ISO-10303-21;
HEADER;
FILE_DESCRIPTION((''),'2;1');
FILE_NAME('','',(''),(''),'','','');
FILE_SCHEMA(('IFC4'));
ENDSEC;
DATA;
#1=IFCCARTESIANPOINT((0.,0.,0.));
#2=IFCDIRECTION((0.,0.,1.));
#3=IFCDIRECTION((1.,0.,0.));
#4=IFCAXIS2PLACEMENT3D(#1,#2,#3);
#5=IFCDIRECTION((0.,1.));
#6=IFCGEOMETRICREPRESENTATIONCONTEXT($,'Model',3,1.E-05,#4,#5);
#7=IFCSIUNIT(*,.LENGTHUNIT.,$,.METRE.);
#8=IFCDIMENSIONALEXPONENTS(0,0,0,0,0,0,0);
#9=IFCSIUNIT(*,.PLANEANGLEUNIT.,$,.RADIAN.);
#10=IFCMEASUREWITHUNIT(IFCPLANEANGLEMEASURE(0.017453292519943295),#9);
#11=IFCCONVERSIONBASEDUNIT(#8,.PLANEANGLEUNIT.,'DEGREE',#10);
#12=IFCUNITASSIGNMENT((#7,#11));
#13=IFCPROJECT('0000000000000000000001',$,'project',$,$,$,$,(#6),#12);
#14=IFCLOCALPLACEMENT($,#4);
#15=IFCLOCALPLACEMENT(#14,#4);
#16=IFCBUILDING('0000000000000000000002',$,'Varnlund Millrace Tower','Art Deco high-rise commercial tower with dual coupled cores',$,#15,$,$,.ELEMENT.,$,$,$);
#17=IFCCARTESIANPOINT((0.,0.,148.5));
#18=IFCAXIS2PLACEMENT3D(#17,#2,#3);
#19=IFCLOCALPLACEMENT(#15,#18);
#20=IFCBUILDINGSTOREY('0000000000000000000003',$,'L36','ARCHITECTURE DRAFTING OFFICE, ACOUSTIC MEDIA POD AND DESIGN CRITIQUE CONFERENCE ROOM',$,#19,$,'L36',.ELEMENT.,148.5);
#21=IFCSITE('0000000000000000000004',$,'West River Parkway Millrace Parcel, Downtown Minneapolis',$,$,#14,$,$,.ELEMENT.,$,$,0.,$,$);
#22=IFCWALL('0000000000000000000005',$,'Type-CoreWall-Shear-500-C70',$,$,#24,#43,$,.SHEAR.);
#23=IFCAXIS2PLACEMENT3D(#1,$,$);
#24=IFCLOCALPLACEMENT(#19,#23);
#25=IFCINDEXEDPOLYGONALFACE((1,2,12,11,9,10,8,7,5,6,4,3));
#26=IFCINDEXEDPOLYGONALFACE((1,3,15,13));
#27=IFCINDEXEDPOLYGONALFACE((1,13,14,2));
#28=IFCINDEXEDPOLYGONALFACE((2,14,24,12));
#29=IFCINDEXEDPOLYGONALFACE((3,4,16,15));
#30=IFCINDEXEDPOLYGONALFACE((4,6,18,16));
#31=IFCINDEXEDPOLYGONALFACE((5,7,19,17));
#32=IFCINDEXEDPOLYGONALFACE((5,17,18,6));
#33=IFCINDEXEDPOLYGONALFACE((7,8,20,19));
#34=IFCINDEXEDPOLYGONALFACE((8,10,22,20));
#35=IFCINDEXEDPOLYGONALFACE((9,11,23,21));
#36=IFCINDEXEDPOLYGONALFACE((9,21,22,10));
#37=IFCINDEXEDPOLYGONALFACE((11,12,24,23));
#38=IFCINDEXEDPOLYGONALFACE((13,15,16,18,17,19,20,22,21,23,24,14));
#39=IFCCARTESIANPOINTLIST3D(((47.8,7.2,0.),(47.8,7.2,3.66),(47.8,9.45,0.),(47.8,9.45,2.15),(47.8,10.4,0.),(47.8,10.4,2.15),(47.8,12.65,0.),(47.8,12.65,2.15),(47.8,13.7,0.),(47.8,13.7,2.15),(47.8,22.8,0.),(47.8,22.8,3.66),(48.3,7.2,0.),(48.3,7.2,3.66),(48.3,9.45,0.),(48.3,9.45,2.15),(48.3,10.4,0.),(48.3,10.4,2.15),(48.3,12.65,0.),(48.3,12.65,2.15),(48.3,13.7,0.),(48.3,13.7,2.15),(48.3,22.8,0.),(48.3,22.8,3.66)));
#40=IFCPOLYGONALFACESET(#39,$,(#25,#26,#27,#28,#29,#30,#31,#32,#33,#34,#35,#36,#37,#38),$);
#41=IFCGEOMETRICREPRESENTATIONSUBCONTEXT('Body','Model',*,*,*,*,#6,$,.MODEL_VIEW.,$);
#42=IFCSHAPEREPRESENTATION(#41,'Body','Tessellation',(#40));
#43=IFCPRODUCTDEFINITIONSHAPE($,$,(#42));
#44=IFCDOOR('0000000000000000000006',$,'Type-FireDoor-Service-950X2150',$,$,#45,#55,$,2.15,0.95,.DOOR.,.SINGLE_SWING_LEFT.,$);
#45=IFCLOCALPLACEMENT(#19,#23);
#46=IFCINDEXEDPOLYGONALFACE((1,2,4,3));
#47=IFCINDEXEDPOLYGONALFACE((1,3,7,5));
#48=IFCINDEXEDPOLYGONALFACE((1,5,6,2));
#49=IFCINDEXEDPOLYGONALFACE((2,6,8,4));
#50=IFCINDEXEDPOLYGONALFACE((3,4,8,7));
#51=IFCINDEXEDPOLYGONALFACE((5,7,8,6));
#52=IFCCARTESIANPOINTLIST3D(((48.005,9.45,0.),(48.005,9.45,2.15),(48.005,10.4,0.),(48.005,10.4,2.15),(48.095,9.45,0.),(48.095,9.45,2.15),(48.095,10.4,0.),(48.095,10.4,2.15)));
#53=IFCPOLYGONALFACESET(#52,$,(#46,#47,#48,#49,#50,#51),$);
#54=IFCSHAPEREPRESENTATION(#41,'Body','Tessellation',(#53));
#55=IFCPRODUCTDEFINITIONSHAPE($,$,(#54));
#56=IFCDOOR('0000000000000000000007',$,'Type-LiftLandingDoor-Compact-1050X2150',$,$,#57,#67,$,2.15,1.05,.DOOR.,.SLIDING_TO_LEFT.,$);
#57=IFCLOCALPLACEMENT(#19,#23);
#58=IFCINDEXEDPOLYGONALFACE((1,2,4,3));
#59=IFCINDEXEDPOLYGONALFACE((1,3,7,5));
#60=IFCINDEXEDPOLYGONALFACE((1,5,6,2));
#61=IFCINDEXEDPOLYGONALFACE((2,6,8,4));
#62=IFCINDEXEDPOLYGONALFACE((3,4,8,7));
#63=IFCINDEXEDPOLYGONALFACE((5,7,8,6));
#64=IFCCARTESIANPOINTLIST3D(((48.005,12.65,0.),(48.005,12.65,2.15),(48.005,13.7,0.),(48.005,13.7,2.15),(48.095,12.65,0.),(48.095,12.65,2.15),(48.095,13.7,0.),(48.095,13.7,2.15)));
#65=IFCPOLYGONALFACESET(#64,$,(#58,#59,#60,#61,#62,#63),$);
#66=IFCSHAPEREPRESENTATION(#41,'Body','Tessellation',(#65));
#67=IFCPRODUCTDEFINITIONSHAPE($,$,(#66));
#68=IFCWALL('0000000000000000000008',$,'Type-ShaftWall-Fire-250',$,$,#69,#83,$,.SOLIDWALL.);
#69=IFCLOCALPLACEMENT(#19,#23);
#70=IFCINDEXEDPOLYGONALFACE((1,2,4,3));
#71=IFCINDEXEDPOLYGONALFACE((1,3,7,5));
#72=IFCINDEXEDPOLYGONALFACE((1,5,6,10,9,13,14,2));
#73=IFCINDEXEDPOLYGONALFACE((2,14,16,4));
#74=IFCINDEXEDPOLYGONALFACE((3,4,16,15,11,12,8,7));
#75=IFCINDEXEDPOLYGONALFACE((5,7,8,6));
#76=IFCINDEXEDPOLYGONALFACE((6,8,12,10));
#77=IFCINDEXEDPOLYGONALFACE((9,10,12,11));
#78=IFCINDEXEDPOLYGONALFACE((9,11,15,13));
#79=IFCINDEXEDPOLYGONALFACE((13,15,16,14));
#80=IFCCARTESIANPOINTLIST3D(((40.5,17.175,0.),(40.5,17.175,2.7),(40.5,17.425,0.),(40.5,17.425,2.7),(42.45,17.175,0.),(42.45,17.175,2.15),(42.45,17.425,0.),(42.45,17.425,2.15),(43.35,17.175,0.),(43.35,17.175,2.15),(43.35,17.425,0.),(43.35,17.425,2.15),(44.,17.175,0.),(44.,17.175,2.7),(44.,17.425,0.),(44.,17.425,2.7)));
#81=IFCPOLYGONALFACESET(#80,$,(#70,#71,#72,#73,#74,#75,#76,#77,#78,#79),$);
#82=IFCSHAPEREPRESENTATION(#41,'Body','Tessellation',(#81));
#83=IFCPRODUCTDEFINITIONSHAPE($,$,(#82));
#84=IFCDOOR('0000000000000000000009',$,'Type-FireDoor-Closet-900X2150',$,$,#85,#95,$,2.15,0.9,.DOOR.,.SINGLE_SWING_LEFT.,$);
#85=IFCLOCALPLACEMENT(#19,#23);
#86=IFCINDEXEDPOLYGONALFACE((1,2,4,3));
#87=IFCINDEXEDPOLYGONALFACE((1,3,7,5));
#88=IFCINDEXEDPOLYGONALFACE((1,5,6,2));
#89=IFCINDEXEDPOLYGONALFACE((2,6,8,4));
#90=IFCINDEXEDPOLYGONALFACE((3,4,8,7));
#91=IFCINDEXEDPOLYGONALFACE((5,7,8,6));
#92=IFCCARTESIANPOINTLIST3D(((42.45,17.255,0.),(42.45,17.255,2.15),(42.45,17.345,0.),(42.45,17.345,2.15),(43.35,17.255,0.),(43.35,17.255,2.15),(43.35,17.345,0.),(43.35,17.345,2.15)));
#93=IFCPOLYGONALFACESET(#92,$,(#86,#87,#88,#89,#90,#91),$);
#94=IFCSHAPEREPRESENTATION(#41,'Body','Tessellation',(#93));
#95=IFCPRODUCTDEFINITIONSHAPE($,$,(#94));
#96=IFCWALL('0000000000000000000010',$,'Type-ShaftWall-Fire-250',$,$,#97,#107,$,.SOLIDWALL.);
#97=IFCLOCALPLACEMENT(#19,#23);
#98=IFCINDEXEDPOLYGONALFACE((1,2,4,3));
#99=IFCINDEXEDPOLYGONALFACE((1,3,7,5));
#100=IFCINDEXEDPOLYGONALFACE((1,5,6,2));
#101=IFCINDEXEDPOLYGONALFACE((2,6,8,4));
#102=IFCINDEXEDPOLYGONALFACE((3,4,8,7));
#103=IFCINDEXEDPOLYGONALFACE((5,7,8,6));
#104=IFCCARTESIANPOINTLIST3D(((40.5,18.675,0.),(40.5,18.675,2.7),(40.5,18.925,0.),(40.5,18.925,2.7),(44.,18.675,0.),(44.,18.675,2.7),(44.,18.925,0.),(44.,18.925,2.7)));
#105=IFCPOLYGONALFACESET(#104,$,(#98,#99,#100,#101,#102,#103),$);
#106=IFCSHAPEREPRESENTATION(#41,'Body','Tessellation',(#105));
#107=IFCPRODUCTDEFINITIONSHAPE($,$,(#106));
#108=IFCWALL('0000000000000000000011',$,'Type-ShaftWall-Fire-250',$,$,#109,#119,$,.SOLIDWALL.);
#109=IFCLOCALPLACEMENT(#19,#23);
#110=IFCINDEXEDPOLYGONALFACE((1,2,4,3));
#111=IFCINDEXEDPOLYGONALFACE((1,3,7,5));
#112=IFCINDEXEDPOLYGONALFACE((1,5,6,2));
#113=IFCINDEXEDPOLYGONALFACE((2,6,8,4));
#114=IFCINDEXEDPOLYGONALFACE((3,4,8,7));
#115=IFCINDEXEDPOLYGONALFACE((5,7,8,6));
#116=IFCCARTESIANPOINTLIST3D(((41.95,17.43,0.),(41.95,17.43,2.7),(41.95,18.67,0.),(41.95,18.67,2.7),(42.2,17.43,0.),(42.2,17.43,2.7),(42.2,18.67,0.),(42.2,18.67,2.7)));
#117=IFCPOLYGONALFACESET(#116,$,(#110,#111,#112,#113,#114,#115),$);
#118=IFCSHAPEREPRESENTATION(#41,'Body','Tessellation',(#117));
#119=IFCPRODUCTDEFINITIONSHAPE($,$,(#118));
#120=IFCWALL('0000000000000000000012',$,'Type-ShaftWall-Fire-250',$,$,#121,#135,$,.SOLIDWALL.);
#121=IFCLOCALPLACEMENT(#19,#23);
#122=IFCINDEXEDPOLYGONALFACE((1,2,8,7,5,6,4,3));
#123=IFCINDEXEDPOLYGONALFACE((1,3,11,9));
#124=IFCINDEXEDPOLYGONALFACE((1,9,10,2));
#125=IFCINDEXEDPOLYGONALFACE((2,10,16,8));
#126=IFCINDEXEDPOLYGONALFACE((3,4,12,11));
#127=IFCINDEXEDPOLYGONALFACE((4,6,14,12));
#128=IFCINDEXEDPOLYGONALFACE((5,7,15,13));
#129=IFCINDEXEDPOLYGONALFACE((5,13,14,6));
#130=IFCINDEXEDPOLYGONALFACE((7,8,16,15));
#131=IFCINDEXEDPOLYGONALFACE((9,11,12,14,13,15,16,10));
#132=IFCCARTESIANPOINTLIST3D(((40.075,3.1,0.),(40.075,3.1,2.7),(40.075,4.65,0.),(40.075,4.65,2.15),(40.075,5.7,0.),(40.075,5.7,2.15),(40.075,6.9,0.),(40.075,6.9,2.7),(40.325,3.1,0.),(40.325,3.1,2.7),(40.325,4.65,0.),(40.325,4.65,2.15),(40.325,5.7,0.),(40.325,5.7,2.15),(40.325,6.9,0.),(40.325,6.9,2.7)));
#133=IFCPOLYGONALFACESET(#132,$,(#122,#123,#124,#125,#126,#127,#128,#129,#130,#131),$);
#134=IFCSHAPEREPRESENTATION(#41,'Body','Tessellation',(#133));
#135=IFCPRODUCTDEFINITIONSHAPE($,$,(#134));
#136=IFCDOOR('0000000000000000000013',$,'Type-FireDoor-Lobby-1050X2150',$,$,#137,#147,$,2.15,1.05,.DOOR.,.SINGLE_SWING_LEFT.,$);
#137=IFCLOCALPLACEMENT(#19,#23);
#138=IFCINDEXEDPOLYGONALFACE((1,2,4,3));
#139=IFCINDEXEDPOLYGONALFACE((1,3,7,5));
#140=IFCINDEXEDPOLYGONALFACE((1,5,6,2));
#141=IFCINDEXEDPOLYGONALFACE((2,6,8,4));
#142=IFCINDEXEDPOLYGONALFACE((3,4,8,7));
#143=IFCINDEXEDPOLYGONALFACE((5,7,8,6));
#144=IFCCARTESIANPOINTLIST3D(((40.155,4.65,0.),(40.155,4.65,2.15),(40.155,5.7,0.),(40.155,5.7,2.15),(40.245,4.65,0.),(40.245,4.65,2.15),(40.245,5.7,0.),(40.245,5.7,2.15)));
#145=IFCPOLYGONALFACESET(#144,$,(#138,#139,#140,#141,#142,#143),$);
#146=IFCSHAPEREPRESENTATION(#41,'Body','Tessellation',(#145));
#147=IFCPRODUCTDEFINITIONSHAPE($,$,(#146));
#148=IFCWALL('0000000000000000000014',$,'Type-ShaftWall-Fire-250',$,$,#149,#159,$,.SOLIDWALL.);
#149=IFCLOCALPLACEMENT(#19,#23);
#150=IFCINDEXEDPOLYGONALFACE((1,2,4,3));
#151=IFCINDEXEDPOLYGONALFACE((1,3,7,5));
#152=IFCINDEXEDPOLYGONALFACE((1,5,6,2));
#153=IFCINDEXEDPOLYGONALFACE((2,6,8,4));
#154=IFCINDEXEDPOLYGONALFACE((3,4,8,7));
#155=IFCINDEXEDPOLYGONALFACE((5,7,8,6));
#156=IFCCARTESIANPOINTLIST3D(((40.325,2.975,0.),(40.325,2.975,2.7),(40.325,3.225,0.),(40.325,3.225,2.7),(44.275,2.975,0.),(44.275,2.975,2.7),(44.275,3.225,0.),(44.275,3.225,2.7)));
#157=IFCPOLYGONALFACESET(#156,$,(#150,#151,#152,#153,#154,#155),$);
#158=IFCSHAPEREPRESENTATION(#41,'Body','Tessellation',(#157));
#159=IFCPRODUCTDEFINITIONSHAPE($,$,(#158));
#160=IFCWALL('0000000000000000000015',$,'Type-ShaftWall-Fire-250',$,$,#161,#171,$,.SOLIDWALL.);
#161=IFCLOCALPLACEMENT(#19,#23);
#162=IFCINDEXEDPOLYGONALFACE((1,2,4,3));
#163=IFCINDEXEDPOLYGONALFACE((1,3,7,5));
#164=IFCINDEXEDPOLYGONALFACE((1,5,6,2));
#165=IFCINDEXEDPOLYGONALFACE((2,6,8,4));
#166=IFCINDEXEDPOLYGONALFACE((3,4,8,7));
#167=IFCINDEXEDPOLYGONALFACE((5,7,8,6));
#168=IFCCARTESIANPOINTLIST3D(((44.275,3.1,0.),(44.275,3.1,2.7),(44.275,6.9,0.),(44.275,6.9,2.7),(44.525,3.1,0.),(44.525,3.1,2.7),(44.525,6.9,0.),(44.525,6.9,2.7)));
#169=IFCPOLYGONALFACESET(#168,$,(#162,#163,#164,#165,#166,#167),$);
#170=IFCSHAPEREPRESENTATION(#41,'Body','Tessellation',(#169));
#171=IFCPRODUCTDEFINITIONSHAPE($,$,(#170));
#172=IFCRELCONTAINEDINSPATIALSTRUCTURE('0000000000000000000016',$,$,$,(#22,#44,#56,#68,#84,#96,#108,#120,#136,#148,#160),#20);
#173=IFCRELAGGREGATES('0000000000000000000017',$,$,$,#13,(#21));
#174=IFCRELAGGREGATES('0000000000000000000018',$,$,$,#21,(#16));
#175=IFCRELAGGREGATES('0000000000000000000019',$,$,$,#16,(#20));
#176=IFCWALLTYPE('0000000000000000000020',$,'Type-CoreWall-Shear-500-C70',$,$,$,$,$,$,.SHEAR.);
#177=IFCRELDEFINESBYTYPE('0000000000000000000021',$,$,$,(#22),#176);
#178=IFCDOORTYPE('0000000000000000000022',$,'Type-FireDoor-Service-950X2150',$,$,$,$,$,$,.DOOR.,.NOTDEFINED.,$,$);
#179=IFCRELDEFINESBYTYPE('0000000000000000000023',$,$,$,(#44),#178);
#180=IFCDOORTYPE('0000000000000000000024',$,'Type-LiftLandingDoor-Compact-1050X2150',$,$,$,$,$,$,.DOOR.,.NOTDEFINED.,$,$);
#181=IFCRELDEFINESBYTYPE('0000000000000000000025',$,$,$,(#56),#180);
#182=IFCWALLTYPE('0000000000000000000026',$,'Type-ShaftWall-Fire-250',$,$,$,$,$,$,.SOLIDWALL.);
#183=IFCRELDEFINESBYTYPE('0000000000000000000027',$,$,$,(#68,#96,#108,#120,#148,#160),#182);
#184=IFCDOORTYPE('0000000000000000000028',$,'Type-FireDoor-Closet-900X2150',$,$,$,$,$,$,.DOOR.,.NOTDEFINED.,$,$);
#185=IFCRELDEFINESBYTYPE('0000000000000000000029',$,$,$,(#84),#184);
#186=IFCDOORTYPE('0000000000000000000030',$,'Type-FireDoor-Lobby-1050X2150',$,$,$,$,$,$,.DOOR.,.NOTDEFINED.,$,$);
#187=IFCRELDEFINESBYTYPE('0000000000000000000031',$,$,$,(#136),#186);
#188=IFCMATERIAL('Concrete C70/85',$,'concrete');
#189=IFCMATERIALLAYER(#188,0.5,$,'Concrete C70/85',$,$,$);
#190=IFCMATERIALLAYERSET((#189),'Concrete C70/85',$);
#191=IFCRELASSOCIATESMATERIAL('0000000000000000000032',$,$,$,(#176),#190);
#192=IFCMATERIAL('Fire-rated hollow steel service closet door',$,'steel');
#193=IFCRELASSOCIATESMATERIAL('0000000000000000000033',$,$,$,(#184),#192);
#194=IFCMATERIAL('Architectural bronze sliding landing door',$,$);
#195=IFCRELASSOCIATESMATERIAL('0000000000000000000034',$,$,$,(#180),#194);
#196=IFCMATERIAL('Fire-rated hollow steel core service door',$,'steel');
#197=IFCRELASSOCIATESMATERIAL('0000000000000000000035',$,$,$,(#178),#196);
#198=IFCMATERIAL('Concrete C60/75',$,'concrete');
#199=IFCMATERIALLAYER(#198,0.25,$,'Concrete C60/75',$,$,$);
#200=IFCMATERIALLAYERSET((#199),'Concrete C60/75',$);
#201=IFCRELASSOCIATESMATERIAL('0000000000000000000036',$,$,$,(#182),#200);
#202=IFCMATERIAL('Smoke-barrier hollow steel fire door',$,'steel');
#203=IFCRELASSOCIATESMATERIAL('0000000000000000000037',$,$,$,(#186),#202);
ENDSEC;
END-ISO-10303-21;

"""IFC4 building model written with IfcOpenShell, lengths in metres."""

from ifc_helpers import new_model, entity, si_unit, converted_unit, direction, frame, origin_with_axes, origin_2d_with_axis, place, context, subcontext, project, spatial, polyline, rectangle, outline, extrude, material, layer, layer_set, type_object, element, fill, save


model = new_model("IFC4")

# Units and contexts
model_context = context("Model", 3, precision=1e-05, world=origin_with_axes(), true_north=direction((0.0, 1.0)))
body_context = subcontext(model_context, "Body", "Model", "MODEL_VIEW")
ifc_project = project(units=[si_unit("LENGTHUNIT", "METRE"), converted_unit("PLANEANGLEUNIT", "DEGREE", entity("IfcPlaneAngleMeasure", 0.017453292519943295), si_unit("PLANEANGLEUNIT", "RADIAN"), dimensions=[0, 0, 0, 0, 0, 0, 0])], contexts=[model_context])

# Site, building, storey
site_placement = place(None, origin_with_axes())
site = spatial("IfcSite", under=ifc_project, at=site_placement, Name="West River Parkway Millrace Parcel, Downtown Minneapolis", CompositionType="ELEMENT", RefElevation=0.0)
building_placement = place(site_placement, origin_with_axes())
building = spatial("IfcBuilding", under=site, at=building_placement, Name="Varnlund Millrace Tower", Description="Art Deco high-rise commercial tower with dual coupled cores", CompositionType="ELEMENT")
storey_placement = place(building_placement, frame((0.0, 0.0, 148.5), z_axis=(0.0, 0.0, 1.0), x_axis=(1.0, 0.0, 0.0)))
storey = spatial("IfcBuildingStorey", under=building, at=storey_placement, Name="L36", Description="ARCHITECTURE DRAFTING OFFICE, ACOUSTIC MEDIA POD AND DESIGN CRITIQUE CONFERENCE ROOM", LongName="L36", CompositionType="ELEMENT", Elevation=148.5)

# Shared definitions
ifc_material_1 = material(Name="Concrete C70/85", Category="concrete")

# Shared definitions
ifc_layer_1 = layer(ifc_material_1, 0.5, Name="Concrete C70/85")
ifc_layer_set_1 = layer_set([ifc_layer_1], Name="Concrete C70/85")
wall_type_1 = type_object("IfcWallType", Name="Type-CoreWall-Shear-500-C70", PredefinedType="SHEAR", material=ifc_layer_set_1)
ifc_material_2 = material(Name="Fire-rated hollow steel service closet door", Category="steel")
door_type_1 = type_object("IfcDoorType", Name="Type-FireDoor-Closet-900X2150", OperationType="NOTDEFINED", PredefinedType="DOOR", material=ifc_material_2)
ifc_material_3 = material(Name="Architectural bronze sliding landing door")
door_type_2 = type_object("IfcDoorType", Name="Type-LiftLandingDoor-Compact-1050X2150", OperationType="NOTDEFINED", PredefinedType="DOOR", material=ifc_material_3)

# Wall, openings, doors
wall_1_placement = place(storey_placement, frame((48.05, 7.2, 0.0), z_axis=(0.0, 0.0, 1.0), x_axis=(0.0, 1.0, 0.0)))
wall_1 = element("IfcWall", 1, at=wall_1_placement, inside=storey, type_object=wall_type_1, Name="Type-CoreWall-Shear-500-C70", PredefinedType="SHEAR", context=body_context, shape_type="SweptSolid", body=[
    extrude(outline(polyline([(0.0, -0.25), (15.6, -0.25), (15.6, 0.25), (0.0, 0.25), (0.0, -0.25)])), origin_with_axes(), (0.0, 0.0, 1.0), 3.66),
])
opening_1_placement = place(wall_1_placement, frame((5.975, 0.0, 0.0), z_axis=(0.0, 0.0, 1.0), x_axis=(1.0, 0.0, 0.0)))
opening_1 = element("IfcOpeningElement", 2, at=opening_1_placement, cuts=wall_1, PredefinedType="OPENING", context=body_context, shape_type="SweptSolid", body=[
    extrude(rectangle(XDim=1.05, YDim=0.52, at=origin_2d_with_axis()), origin_with_axes(), (0.0, 0.0, 1.0), 2.15),
])
opening_2_placement = place(wall_1_placement, frame((2.725, 0.0, 0.0), z_axis=(0.0, 0.0, 1.0), x_axis=(1.0, 0.0, 0.0)))
opening_2 = element("IfcOpeningElement", 3, at=opening_2_placement, cuts=wall_1, PredefinedType="OPENING", context=body_context, shape_type="SweptSolid", body=[
    extrude(rectangle(XDim=0.95, YDim=0.52, at=origin_2d_with_axis()), origin_with_axes(), (0.0, 0.0, 1.0), 2.15),
])
ifc_material_4 = material(Name="Fire-rated hollow steel core service door", Category="steel")
door_type_3 = type_object("IfcDoorType", Name="Type-FireDoor-Service-950X2150", OperationType="NOTDEFINED", PredefinedType="DOOR", material=ifc_material_4)
door_1_placement = place(wall_1_placement, frame((2.725, 0.0, 0.0), z_axis=(0.0, 0.0, 1.0), x_axis=(1.0, 0.0, 0.0)))
door_1 = element("IfcDoor", 4, at=door_1_placement, inside=storey, type_object=door_type_3, Name="Type-FireDoor-Service-950X2150", OperationType="SINGLE_SWING_LEFT", OverallHeight=2.15, OverallWidth=0.95, PredefinedType="DOOR", context=body_context, shape_type="SweptSolid", body=[
    extrude(rectangle(XDim=0.95, YDim=0.09, at=origin_2d_with_axis()), origin_with_axes(), (0.0, 0.0, 1.0), 2.15),
])
fill(opening_2, door_1)
door_2_placement = place(wall_1_placement, frame((5.975, 0.0, 0.0), z_axis=(0.0, 0.0, 1.0), x_axis=(1.0, 0.0, 0.0)))
door_2 = element("IfcDoor", 5, at=door_2_placement, inside=storey, type_object=door_type_2, Name="Type-LiftLandingDoor-Compact-1050X2150", OperationType="SLIDING_TO_LEFT", OverallHeight=2.15, OverallWidth=1.05, PredefinedType="DOOR", context=body_context, shape_type="SweptSolid", body=[
    extrude(rectangle(XDim=1.05, YDim=0.09, at=origin_2d_with_axis()), origin_with_axes(), (0.0, 0.0, 1.0), 2.15),
])
fill(opening_1, door_2)

# Wall, opening, door
ifc_material_5 = material(Name="Concrete C60/75", Category="concrete")
ifc_layer_2 = layer(ifc_material_5, 0.25, Name="Concrete C60/75")
ifc_layer_set_2 = layer_set([ifc_layer_2], Name="Concrete C60/75")
wall_type_2 = type_object("IfcWallType", Name="Type-ShaftWall-Fire-250", PredefinedType="SOLIDWALL", material=ifc_layer_set_2)
wall_2_placement = place(storey_placement, frame((40.5, 17.3, 0.0), z_axis=(0.0, 0.0, 1.0), x_axis=(1.0, 0.0, 0.0)))
wall_2 = element("IfcWall", 6, at=wall_2_placement, inside=storey, type_object=wall_type_2, Name="Type-ShaftWall-Fire-250", PredefinedType="SOLIDWALL", context=body_context, shape_type="SweptSolid", body=[
    extrude(outline(polyline([(0.0, -0.125), (3.5, -0.125), (3.5, 0.125), (0.0, 0.125), (0.0, -0.125)])), origin_with_axes(), (0.0, 0.0, 1.0), 2.7),
])
opening_3_placement = place(wall_2_placement, frame((2.4, 0.0, 0.0), z_axis=(0.0, 0.0, 1.0), x_axis=(1.0, 0.0, 0.0)))
opening_3 = element("IfcOpeningElement", 7, at=opening_3_placement, cuts=wall_2, PredefinedType="OPENING", context=body_context, shape_type="SweptSolid", body=[
    extrude(rectangle(XDim=0.9, YDim=0.27, at=origin_2d_with_axis()), origin_with_axes(), (0.0, 0.0, 1.0), 2.15),
])
door_3_placement = place(wall_2_placement, frame((2.4, 0.0, 0.0), z_axis=(0.0, 0.0, 1.0), x_axis=(1.0, 0.0, 0.0)))
door_3 = element("IfcDoor", 8, at=door_3_placement, inside=storey, type_object=door_type_1, Name="Type-FireDoor-Closet-900X2150", OperationType="SINGLE_SWING_LEFT", OverallHeight=2.15, OverallWidth=0.9, PredefinedType="DOOR", context=body_context, shape_type="SweptSolid", body=[
    extrude(rectangle(XDim=0.9, YDim=0.09, at=origin_2d_with_axis()), origin_with_axes(), (0.0, 0.0, 1.0), 2.15),
])
fill(opening_3, door_3)

# Walls
wall_3_placement = place(storey_placement, frame((40.5, 18.8, 0.0), z_axis=(0.0, 0.0, 1.0), x_axis=(1.0, 0.0, 0.0)))
element("IfcWall", 9, at=wall_3_placement, inside=storey, type_object=wall_type_2, Name="Type-ShaftWall-Fire-250", PredefinedType="SOLIDWALL", context=body_context, shape_type="SweptSolid", body=[
    extrude(outline(polyline([(0.0, -0.125), (3.5, -0.125), (3.5, 0.125), (0.0, 0.125), (0.0, -0.125)])), origin_with_axes(), (0.0, 0.0, 1.0), 2.7),
])
wall_4_placement = place(storey_placement, frame((42.075, 17.43, 0.0), z_axis=(0.0, 0.0, 1.0), x_axis=(0.0, 1.0, 0.0)))
element("IfcWall", 10, at=wall_4_placement, inside=storey, type_object=wall_type_2, Name="Type-ShaftWall-Fire-250", PredefinedType="SOLIDWALL", context=body_context, shape_type="SweptSolid", body=[
    extrude(outline(polyline([(0.0, -0.125), (1.24, -0.125), (1.24, 0.125), (0.0, 0.125), (0.0, -0.125)])), origin_with_axes(), (0.0, 0.0, 1.0), 2.7),
])

# Wall, opening, door
wall_5_placement = place(storey_placement, frame((40.2, 3.1, 0.0), z_axis=(0.0, 0.0, 1.0), x_axis=(0.0, 1.0, 0.0)))
wall_5 = element("IfcWall", 11, at=wall_5_placement, inside=storey, type_object=wall_type_2, Name="Type-ShaftWall-Fire-250", PredefinedType="SOLIDWALL", context=body_context, shape_type="SweptSolid", body=[
    extrude(outline(polyline([(0.0, -0.125), (3.8, -0.125), (3.8, 0.125), (0.0, 0.125), (0.0, -0.125)])), origin_with_axes(), (0.0, 0.0, 1.0), 2.7),
])
opening_4_placement = place(wall_5_placement, frame((2.075, 0.0, 0.0), z_axis=(0.0, 0.0, 1.0), x_axis=(1.0, 0.0, 0.0)))
opening_4 = element("IfcOpeningElement", 12, at=opening_4_placement, cuts=wall_5, PredefinedType="OPENING", context=body_context, shape_type="SweptSolid", body=[
    extrude(rectangle(XDim=1.05, YDim=0.27, at=origin_2d_with_axis()), origin_with_axes(), (0.0, 0.0, 1.0), 2.15),
])
ifc_material_6 = material(Name="Smoke-barrier hollow steel fire door", Category="steel")
door_type_4 = type_object("IfcDoorType", Name="Type-FireDoor-Lobby-1050X2150", OperationType="NOTDEFINED", PredefinedType="DOOR", material=ifc_material_6)
door_4_placement = place(wall_5_placement, frame((2.075, 0.0, 0.0), z_axis=(0.0, 0.0, 1.0), x_axis=(1.0, 0.0, 0.0)))
door_4 = element("IfcDoor", 13, at=door_4_placement, inside=storey, type_object=door_type_4, Name="Type-FireDoor-Lobby-1050X2150", OperationType="SINGLE_SWING_LEFT", OverallHeight=2.15, OverallWidth=1.05, PredefinedType="DOOR", context=body_context, shape_type="SweptSolid", body=[
    extrude(rectangle(XDim=1.05, YDim=0.09, at=origin_2d_with_axis()), origin_with_axes(), (0.0, 0.0, 1.0), 2.15),
])
fill(opening_4, door_4)

# Walls
wall_6_placement = place(storey_placement, frame((40.325, 3.1, 0.0), z_axis=(0.0, 0.0, 1.0), x_axis=(1.0, 0.0, 0.0)))
element("IfcWall", 14, at=wall_6_placement, inside=storey, type_object=wall_type_2, Name="Type-ShaftWall-Fire-250", PredefinedType="SOLIDWALL", context=body_context, shape_type="SweptSolid", body=[
    extrude(outline(polyline([(0.0, -0.125), (3.95, -0.125), (3.95, 0.125), (0.0, 0.125), (0.0, -0.125)])), origin_with_axes(), (0.0, 0.0, 1.0), 2.7),
])
wall_7_placement = place(storey_placement, frame((44.4, 3.1, 0.0), z_axis=(0.0, 0.0, 1.0), x_axis=(0.0, 1.0, 0.0)))
element("IfcWall", 15, at=wall_7_placement, inside=storey, type_object=wall_type_2, Name="Type-ShaftWall-Fire-250", PredefinedType="SOLIDWALL", context=body_context, shape_type="SweptSolid", body=[
    extrude(outline(polyline([(0.0, -0.125), (3.8, -0.125), (3.8, 0.125), (0.0, 0.125), (0.0, -0.125)])), origin_with_axes(), (0.0, 0.0, 1.0), 2.7),
])

save(model, "model.ifc")
